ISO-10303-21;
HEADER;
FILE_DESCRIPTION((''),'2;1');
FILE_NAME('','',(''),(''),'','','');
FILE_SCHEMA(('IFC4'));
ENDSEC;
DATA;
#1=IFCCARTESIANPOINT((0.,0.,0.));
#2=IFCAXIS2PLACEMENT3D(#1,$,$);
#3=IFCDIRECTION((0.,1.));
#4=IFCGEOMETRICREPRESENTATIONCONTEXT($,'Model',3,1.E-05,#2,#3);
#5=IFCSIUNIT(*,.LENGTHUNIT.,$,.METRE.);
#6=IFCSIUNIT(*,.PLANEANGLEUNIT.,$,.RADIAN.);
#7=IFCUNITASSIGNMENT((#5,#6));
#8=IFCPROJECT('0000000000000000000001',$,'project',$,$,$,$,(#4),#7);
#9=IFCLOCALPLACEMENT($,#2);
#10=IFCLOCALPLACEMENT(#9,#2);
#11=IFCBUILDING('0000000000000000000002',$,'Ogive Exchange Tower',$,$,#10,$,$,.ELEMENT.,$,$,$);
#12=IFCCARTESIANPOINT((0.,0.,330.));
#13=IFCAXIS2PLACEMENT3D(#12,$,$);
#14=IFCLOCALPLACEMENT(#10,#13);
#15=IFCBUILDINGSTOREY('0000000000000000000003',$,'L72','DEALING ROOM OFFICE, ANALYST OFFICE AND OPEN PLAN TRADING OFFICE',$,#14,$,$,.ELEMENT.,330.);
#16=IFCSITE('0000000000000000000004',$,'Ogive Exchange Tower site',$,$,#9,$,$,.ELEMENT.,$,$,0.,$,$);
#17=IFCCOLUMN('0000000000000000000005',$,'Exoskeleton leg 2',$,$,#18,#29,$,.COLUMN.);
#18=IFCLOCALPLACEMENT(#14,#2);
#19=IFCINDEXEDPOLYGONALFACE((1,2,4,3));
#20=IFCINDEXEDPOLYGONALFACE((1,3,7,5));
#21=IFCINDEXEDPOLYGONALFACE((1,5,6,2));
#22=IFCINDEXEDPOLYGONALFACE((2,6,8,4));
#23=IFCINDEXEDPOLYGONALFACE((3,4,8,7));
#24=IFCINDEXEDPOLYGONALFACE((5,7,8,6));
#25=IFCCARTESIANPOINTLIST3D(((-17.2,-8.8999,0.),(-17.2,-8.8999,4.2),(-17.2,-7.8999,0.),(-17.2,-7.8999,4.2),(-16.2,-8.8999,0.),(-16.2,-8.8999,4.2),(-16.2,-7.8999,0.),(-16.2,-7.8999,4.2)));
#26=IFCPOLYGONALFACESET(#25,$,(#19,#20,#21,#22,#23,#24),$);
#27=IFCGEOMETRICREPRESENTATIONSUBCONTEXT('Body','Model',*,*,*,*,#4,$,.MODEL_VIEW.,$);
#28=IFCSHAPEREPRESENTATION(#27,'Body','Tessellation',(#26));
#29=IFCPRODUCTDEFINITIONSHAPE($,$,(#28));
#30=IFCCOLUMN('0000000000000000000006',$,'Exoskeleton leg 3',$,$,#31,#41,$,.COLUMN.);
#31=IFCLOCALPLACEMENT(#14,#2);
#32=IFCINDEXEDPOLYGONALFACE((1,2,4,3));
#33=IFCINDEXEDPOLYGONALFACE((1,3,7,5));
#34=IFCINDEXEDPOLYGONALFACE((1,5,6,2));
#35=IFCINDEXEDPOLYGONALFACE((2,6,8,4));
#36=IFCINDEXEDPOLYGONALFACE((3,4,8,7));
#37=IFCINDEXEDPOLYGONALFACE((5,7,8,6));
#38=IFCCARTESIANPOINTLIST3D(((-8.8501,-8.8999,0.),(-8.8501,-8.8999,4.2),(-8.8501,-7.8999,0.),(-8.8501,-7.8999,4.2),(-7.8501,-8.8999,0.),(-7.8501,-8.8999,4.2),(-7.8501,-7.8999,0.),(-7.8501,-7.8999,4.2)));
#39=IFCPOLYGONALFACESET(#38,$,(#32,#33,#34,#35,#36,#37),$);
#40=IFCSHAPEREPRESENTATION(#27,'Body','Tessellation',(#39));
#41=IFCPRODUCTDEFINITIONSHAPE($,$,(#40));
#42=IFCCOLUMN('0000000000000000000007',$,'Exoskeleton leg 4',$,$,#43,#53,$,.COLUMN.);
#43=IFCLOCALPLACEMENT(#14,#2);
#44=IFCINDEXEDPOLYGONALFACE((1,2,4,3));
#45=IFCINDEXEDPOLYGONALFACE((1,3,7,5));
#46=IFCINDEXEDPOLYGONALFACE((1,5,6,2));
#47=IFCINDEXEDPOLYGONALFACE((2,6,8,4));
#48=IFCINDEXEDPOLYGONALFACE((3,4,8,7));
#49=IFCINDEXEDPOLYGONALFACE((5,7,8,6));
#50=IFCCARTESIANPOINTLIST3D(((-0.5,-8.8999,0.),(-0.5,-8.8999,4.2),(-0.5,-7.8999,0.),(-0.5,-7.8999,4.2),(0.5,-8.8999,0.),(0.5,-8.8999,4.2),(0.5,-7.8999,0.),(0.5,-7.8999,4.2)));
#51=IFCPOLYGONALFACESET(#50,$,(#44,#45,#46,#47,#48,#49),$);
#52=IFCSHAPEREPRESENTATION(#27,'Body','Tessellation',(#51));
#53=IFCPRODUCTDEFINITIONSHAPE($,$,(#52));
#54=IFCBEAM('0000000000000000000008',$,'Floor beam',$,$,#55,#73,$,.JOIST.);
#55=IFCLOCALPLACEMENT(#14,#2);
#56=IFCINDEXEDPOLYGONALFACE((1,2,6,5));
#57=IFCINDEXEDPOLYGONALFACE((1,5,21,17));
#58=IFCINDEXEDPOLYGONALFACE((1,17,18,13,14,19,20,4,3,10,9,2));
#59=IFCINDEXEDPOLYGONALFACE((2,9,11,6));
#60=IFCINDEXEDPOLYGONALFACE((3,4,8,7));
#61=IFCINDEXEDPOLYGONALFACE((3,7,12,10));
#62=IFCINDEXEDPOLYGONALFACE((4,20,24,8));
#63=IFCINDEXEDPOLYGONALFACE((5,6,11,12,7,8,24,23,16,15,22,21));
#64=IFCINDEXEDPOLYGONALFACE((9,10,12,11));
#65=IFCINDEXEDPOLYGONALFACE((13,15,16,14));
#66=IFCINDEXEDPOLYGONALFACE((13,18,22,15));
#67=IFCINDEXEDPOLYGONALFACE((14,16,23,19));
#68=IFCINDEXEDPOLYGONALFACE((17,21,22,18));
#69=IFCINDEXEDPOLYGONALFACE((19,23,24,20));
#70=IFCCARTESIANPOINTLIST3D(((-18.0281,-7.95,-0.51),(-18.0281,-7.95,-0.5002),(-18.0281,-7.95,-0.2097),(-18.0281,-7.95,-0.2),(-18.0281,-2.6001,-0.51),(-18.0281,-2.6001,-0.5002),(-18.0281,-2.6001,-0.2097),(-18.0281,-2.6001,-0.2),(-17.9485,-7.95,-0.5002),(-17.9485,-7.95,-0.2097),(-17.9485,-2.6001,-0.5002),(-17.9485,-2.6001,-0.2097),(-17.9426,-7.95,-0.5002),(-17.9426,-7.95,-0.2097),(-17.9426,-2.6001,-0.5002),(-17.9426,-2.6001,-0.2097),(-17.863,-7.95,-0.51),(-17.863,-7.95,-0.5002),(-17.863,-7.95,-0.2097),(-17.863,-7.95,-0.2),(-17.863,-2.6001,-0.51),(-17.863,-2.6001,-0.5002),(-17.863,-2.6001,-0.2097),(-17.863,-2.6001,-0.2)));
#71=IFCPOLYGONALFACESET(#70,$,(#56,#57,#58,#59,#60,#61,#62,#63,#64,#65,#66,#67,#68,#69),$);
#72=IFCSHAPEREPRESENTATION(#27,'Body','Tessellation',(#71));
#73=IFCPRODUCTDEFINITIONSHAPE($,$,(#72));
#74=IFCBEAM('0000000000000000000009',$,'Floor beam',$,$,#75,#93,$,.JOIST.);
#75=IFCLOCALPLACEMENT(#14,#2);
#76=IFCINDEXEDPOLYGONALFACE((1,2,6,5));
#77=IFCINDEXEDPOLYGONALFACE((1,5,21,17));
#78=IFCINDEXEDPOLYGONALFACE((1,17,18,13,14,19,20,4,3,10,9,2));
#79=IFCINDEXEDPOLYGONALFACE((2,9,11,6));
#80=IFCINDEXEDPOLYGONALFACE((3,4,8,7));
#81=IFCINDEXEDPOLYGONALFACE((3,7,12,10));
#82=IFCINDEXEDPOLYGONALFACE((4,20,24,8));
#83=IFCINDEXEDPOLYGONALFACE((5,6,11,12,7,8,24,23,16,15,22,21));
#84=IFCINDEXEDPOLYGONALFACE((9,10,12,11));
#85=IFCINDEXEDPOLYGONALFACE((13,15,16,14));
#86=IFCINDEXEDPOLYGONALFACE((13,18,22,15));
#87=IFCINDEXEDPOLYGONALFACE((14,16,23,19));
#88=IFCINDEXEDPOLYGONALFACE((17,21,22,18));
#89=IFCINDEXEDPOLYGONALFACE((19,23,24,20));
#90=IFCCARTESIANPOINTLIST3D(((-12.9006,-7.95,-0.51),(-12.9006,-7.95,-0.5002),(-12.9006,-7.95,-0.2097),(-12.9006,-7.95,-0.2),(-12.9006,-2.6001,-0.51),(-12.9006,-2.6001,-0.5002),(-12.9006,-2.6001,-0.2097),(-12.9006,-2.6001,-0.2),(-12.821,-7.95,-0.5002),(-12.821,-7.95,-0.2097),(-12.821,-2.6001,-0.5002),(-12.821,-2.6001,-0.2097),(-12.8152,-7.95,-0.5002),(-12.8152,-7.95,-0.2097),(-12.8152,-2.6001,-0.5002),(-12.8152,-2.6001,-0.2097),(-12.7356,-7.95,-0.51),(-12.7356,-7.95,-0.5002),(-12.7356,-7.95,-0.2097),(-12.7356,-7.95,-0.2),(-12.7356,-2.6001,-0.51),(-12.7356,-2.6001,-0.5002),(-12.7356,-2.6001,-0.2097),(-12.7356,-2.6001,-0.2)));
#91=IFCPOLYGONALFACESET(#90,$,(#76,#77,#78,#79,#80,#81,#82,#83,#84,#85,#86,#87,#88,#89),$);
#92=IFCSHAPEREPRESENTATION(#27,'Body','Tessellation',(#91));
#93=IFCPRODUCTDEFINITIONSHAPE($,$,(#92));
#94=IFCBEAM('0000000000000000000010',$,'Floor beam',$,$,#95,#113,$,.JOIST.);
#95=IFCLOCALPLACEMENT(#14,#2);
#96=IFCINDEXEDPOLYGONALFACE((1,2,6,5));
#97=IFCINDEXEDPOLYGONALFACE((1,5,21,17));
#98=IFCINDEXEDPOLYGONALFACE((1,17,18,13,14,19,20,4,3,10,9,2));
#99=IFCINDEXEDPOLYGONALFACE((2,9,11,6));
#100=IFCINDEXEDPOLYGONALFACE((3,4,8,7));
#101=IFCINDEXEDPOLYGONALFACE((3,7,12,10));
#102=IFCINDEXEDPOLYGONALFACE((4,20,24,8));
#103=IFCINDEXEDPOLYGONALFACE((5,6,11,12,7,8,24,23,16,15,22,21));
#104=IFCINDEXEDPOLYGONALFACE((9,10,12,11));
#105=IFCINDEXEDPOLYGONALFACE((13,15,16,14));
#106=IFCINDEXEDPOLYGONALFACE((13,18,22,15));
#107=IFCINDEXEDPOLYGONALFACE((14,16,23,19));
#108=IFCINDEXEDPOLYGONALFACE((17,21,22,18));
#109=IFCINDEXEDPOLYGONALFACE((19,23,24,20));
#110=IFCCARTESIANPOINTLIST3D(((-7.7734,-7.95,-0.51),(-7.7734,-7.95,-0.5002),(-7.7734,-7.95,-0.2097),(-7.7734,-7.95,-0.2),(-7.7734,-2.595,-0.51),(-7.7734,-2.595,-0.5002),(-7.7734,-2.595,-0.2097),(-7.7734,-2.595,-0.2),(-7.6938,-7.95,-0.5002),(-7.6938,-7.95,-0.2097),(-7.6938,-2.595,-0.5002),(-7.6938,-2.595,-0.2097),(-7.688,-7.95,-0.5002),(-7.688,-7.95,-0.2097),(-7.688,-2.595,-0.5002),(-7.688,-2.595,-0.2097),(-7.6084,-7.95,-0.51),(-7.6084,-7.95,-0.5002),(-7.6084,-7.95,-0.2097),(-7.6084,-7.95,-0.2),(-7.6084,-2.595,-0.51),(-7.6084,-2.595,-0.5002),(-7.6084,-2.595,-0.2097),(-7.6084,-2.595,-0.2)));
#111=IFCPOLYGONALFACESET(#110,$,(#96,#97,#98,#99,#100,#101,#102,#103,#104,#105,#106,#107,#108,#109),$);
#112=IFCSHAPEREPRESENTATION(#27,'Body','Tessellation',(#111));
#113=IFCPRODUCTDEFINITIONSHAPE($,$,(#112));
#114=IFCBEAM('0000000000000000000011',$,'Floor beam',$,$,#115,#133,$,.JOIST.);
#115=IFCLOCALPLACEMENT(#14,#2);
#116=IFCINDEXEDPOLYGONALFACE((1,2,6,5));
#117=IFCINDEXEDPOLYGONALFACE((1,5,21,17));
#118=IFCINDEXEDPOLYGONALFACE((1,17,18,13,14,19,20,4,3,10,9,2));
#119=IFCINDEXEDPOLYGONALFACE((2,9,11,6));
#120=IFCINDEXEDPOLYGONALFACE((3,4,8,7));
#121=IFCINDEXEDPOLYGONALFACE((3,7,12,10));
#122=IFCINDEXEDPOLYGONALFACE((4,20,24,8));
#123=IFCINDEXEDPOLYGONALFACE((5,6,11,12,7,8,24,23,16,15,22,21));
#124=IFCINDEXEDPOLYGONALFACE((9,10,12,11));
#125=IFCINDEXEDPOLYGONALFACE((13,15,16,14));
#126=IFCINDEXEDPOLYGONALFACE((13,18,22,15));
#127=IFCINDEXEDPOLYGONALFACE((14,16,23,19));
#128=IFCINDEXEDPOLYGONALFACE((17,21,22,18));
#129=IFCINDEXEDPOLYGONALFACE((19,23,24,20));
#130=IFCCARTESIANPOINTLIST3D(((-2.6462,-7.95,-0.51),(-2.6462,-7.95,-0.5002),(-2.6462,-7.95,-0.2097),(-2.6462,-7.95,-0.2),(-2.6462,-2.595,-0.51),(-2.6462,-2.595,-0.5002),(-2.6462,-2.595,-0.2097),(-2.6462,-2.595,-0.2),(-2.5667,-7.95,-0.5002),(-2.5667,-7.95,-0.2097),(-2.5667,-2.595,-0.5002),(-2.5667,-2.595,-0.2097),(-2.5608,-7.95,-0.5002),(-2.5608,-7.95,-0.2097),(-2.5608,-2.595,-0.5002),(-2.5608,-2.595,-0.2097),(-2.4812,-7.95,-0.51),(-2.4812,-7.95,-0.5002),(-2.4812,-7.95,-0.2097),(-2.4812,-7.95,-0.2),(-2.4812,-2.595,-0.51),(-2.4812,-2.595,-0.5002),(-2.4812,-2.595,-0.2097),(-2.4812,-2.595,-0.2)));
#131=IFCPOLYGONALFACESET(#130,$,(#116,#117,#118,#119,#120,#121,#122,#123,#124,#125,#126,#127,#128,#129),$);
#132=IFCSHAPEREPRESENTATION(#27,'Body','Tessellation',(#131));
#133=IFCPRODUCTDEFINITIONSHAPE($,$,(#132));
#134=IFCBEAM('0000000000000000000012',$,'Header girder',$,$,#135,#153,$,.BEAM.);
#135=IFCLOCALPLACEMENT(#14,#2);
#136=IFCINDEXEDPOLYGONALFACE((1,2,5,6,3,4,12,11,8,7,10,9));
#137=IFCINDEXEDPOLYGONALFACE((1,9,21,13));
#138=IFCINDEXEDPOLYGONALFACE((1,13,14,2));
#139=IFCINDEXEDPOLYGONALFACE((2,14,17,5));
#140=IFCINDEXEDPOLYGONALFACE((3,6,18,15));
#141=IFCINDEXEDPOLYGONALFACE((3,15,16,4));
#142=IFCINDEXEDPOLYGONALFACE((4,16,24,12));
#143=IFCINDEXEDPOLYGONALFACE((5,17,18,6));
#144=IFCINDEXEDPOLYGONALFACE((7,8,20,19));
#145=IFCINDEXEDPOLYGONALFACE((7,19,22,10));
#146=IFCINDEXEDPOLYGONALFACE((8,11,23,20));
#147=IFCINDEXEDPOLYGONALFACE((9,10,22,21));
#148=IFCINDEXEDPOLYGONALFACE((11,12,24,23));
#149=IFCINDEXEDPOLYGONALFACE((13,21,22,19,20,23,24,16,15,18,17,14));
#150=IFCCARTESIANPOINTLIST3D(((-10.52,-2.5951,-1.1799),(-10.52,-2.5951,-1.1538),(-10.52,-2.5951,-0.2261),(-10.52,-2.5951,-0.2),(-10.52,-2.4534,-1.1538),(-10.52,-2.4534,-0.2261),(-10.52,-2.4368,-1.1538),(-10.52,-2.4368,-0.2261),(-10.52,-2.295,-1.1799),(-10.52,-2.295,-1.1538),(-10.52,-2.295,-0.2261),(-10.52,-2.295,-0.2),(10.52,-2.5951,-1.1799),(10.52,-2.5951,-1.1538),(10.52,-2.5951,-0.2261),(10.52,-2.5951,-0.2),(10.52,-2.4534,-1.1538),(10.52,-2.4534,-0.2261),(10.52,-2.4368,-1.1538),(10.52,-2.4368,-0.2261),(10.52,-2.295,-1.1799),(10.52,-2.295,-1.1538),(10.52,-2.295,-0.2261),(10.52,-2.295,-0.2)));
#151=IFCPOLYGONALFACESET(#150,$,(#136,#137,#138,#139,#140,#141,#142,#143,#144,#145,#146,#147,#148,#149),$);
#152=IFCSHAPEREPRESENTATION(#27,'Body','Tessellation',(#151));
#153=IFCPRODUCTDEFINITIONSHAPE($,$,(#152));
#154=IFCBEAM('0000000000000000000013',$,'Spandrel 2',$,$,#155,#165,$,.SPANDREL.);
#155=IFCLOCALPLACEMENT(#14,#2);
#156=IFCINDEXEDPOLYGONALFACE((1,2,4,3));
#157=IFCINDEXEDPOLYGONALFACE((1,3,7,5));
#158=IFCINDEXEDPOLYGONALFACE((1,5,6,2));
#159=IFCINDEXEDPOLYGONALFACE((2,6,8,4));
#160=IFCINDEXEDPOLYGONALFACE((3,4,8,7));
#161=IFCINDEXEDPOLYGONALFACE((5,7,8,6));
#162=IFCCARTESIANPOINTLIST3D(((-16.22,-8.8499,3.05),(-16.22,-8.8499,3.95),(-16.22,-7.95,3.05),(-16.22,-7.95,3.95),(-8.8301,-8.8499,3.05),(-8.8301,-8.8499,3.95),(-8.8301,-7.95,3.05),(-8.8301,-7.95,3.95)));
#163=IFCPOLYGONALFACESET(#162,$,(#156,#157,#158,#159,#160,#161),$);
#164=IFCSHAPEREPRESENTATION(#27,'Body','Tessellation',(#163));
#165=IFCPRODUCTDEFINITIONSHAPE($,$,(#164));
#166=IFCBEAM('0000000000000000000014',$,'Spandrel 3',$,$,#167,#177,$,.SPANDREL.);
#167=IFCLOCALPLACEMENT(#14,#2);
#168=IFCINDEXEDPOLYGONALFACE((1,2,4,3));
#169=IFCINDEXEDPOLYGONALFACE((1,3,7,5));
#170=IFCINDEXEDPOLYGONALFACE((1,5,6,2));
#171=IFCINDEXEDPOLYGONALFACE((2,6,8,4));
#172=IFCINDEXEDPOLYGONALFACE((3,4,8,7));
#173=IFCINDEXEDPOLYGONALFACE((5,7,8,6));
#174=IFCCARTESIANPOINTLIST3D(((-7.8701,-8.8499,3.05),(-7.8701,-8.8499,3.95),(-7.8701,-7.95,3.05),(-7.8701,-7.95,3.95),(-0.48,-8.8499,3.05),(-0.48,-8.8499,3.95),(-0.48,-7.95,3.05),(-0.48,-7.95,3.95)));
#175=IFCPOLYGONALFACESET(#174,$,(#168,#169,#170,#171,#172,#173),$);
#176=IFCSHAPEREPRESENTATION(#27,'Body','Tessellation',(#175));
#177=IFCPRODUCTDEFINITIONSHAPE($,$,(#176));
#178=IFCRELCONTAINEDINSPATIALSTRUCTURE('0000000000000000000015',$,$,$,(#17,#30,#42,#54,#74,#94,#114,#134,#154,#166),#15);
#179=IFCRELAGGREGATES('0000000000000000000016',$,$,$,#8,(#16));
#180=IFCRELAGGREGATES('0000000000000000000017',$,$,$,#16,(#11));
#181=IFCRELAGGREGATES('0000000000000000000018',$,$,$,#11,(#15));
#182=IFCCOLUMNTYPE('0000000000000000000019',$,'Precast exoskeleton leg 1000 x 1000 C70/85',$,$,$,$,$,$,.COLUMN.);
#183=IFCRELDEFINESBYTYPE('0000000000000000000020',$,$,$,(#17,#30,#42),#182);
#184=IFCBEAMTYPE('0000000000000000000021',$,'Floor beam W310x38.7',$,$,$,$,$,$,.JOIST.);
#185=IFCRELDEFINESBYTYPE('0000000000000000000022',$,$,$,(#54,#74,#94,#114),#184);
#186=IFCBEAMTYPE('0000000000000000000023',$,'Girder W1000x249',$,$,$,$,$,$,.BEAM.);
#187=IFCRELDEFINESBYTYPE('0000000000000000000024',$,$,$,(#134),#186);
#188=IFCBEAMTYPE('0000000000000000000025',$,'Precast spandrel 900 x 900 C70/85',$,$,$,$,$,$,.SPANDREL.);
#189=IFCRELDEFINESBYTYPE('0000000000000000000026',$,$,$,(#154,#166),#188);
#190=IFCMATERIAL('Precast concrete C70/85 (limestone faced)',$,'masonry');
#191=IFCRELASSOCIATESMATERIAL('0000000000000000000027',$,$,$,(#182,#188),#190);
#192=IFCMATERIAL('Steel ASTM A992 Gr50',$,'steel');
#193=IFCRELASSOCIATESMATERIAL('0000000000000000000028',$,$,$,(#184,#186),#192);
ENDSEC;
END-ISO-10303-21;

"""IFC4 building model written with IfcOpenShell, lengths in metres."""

from ifc_helpers import new_model, si_unit, direction, frame, origin, origin_2d, place, context, subcontext, project, spatial, rectangle, i_section, extrude, material, material_profile, profile_set, type_object, element, save


model = new_model("IFC4")

# Units and contexts
model_context = context("Model", 3, precision=1e-05, world=origin(), true_north=direction((0.0, 1.0)))
body_context = subcontext(model_context, "Body", "Model", "MODEL_VIEW")
ifc_project = project(units=[si_unit("LENGTHUNIT", "METRE"), si_unit("PLANEANGLEUNIT", "RADIAN")], contexts=[model_context])

# Site, building, storey
site_placement = place(None, origin())
site = spatial("IfcSite", under=ifc_project, at=site_placement, Name="Ogive Exchange Tower site", CompositionType="ELEMENT", RefElevation=0.0)
building_placement = place(site_placement, origin())
building = spatial("IfcBuilding", under=site, at=building_placement, Name="Ogive Exchange Tower", CompositionType="ELEMENT")
storey_placement = place(building_placement, frame((0.0, 0.0, 330.0)))
storey = spatial("IfcBuildingStorey", under=building, at=storey_placement, Name="L72", Description="DEALING ROOM OFFICE, ANALYST OFFICE AND OPEN PLAN TRADING OFFICE", CompositionType="ELEMENT", Elevation=330.0)

# Columns
ifc_material_1 = material(Name="Precast concrete C70/85 (limestone faced)", Category="masonry")
ifc_material_profile_1 = material_profile(ifc_material_1, rectangle(XDim=1.0, YDim=1.0, at=origin_2d()), Name="1000 x 1000")
ifc_profile_set_1 = profile_set([ifc_material_profile_1], Name="Precast concrete C70/85 (limestone faced)")
column_type = type_object("IfcColumnType", Name="Precast exoskeleton leg 1000 x 1000 C70/85", PredefinedType="COLUMN", material=ifc_profile_set_1)
for number, where, z_axis, x_axis, name in (
    (1, (-16.7, -8.3999, 0.0), (0.0, 0.0, 1.0), (1.0, 0.0, 0.0), "Exoskeleton leg 2"),
    (2, (-8.3501, -8.3999, 0.0), (0.0, 0.0, 1.0), (1.0, 0.0, 0.0), "Exoskeleton leg 3"),
    (3, (0.0, -8.3999, 0.0), (0.0, 0.0, 1.0), (1.0, 0.0, 0.0), "Exoskeleton leg 4"),
):
    element("IfcColumn", number, at=place(storey_placement, frame(where, z_axis=z_axis, x_axis=x_axis)), inside=storey, type_object=column_type, Name=name, PredefinedType="COLUMN", context=body_context, shape_type="SweptSolid", body=[
        extrude(rectangle(XDim=1.0, YDim=1.0, at=origin_2d()), origin(), (0.0, 0.0, 1.0), 4.2),
    ])

# Beams
ifc_material_2 = material(Name="Steel ASTM A992 Gr50", Category="steel")
ifc_material_profile_2 = material_profile(ifc_material_2, i_section(OverallWidth=0.165, OverallDepth=0.3101, WebThickness=0.0059, FlangeThickness=0.0098, at=origin_2d()), Name="W310x38.7")
ifc_profile_set_2 = profile_set([ifc_material_profile_2], Name="Steel ASTM A992 Gr50")
beam_type_1 = type_object("IfcBeamType", Name="Floor beam W310x38.7", PredefinedType="JOIST", material=ifc_profile_set_2)
for number, where, z_axis, x_axis, name in (
    (4, (-17.9456, -7.95, -0.355), (0.0, 1.0, 0.0), (-1.0, 0.0, 0.0), "Floor beam"),
    (5, (-12.8181, -7.95, -0.355), (0.0, 1.0, 0.0), (-1.0, 0.0, 0.0), "Floor beam"),
):
    element("IfcBeam", number, at=place(storey_placement, frame(where, z_axis=z_axis, x_axis=x_axis)), inside=storey, type_object=beam_type_1, Name=name, PredefinedType="JOIST", context=body_context, shape_type="SweptSolid", body=[
        extrude(i_section(OverallWidth=0.165, OverallDepth=0.3101, WebThickness=0.0059, FlangeThickness=0.0098, at=origin_2d()), origin(), (0.0, 0.0, 1.0), 5.3499),
    ])
for number, where, z_axis, x_axis, name in (
    (6, (-7.6909, -7.95, -0.355), (0.0, 1.0, 0.0), (-1.0, 0.0, 0.0), "Floor beam"),
    (7, (-2.5637, -7.95, -0.355), (0.0, 1.0, 0.0), (-1.0, 0.0, 0.0), "Floor beam"),
):
    element("IfcBeam", number, at=place(storey_placement, frame(where, z_axis=z_axis, x_axis=x_axis)), inside=storey, type_object=beam_type_1, Name=name, PredefinedType="JOIST", context=body_context, shape_type="SweptSolid", body=[
        extrude(i_section(OverallWidth=0.165, OverallDepth=0.3101, WebThickness=0.0059, FlangeThickness=0.0098, at=origin_2d()), origin(), (0.0, 0.0, 1.0), 5.355),
    ])
ifc_material_profile_3 = material_profile(ifc_material_2, i_section(OverallWidth=0.3, OverallDepth=0.98, WebThickness=0.0166, FlangeThickness=0.0261, at=origin_2d()), Name="W1000x249")
ifc_profile_set_3 = profile_set([ifc_material_profile_3], Name="Steel ASTM A992 Gr50")
beam_type_2 = type_object("IfcBeamType", Name="Girder W1000x249", PredefinedType="BEAM", material=ifc_profile_set_3)
beam_1_placement = place(storey_placement, frame((-10.52, -2.4451, -0.6899), z_axis=(1.0, 0.0, 0.0), x_axis=(0.0, 1.0, 0.0)))
element("IfcBeam", 8, at=beam_1_placement, inside=storey, type_object=beam_type_2, Name="Header girder", PredefinedType="BEAM", context=body_context, shape_type="SweptSolid", body=[
    extrude(i_section(OverallWidth=0.3, OverallDepth=0.98, WebThickness=0.0166, FlangeThickness=0.0261, at=origin_2d()), origin(), (0.0, 0.0, 1.0), 21.04),
])
ifc_material_profile_4 = material_profile(ifc_material_1, rectangle(XDim=0.8999, YDim=0.8999, at=origin_2d()), Name="900 x 900")
ifc_profile_set_4 = profile_set([ifc_material_profile_4], Name="Precast concrete C70/85 (limestone faced)")
beam_type_3 = type_object("IfcBeamType", Name="Precast spandrel 900 x 900 C70/85", PredefinedType="SPANDREL", material=ifc_profile_set_4)
beam_2_placement = place(storey_placement, frame((-16.22, -8.3999, 3.5), z_axis=(1.0, 0.0, 0.0), x_axis=(0.0, 1.0, 0.0)))
element("IfcBeam", 9, at=beam_2_placement, inside=storey, type_object=beam_type_3, Name="Spandrel 2", PredefinedType="SPANDREL", context=body_context, shape_type="SweptSolid", body=[
    extrude(rectangle(XDim=0.8999, YDim=0.8999, at=origin_2d()), origin(), (0.0, 0.0, 1.0), 7.3899),
])
beam_3_placement = place(storey_placement, frame((-7.8701, -8.3999, 3.5), z_axis=(1.0, 0.0, 0.0), x_axis=(0.0, 1.0, 0.0)))
element("IfcBeam", 10, at=beam_3_placement, inside=storey, type_object=beam_type_3, Name="Spandrel 3", PredefinedType="SPANDREL", context=body_context, shape_type="SweptSolid", body=[
    extrude(rectangle(XDim=0.8999, YDim=0.8999, at=origin_2d()), origin(), (0.0, 0.0, 1.0), 7.3901),
])

save(model, "model.ifc")
